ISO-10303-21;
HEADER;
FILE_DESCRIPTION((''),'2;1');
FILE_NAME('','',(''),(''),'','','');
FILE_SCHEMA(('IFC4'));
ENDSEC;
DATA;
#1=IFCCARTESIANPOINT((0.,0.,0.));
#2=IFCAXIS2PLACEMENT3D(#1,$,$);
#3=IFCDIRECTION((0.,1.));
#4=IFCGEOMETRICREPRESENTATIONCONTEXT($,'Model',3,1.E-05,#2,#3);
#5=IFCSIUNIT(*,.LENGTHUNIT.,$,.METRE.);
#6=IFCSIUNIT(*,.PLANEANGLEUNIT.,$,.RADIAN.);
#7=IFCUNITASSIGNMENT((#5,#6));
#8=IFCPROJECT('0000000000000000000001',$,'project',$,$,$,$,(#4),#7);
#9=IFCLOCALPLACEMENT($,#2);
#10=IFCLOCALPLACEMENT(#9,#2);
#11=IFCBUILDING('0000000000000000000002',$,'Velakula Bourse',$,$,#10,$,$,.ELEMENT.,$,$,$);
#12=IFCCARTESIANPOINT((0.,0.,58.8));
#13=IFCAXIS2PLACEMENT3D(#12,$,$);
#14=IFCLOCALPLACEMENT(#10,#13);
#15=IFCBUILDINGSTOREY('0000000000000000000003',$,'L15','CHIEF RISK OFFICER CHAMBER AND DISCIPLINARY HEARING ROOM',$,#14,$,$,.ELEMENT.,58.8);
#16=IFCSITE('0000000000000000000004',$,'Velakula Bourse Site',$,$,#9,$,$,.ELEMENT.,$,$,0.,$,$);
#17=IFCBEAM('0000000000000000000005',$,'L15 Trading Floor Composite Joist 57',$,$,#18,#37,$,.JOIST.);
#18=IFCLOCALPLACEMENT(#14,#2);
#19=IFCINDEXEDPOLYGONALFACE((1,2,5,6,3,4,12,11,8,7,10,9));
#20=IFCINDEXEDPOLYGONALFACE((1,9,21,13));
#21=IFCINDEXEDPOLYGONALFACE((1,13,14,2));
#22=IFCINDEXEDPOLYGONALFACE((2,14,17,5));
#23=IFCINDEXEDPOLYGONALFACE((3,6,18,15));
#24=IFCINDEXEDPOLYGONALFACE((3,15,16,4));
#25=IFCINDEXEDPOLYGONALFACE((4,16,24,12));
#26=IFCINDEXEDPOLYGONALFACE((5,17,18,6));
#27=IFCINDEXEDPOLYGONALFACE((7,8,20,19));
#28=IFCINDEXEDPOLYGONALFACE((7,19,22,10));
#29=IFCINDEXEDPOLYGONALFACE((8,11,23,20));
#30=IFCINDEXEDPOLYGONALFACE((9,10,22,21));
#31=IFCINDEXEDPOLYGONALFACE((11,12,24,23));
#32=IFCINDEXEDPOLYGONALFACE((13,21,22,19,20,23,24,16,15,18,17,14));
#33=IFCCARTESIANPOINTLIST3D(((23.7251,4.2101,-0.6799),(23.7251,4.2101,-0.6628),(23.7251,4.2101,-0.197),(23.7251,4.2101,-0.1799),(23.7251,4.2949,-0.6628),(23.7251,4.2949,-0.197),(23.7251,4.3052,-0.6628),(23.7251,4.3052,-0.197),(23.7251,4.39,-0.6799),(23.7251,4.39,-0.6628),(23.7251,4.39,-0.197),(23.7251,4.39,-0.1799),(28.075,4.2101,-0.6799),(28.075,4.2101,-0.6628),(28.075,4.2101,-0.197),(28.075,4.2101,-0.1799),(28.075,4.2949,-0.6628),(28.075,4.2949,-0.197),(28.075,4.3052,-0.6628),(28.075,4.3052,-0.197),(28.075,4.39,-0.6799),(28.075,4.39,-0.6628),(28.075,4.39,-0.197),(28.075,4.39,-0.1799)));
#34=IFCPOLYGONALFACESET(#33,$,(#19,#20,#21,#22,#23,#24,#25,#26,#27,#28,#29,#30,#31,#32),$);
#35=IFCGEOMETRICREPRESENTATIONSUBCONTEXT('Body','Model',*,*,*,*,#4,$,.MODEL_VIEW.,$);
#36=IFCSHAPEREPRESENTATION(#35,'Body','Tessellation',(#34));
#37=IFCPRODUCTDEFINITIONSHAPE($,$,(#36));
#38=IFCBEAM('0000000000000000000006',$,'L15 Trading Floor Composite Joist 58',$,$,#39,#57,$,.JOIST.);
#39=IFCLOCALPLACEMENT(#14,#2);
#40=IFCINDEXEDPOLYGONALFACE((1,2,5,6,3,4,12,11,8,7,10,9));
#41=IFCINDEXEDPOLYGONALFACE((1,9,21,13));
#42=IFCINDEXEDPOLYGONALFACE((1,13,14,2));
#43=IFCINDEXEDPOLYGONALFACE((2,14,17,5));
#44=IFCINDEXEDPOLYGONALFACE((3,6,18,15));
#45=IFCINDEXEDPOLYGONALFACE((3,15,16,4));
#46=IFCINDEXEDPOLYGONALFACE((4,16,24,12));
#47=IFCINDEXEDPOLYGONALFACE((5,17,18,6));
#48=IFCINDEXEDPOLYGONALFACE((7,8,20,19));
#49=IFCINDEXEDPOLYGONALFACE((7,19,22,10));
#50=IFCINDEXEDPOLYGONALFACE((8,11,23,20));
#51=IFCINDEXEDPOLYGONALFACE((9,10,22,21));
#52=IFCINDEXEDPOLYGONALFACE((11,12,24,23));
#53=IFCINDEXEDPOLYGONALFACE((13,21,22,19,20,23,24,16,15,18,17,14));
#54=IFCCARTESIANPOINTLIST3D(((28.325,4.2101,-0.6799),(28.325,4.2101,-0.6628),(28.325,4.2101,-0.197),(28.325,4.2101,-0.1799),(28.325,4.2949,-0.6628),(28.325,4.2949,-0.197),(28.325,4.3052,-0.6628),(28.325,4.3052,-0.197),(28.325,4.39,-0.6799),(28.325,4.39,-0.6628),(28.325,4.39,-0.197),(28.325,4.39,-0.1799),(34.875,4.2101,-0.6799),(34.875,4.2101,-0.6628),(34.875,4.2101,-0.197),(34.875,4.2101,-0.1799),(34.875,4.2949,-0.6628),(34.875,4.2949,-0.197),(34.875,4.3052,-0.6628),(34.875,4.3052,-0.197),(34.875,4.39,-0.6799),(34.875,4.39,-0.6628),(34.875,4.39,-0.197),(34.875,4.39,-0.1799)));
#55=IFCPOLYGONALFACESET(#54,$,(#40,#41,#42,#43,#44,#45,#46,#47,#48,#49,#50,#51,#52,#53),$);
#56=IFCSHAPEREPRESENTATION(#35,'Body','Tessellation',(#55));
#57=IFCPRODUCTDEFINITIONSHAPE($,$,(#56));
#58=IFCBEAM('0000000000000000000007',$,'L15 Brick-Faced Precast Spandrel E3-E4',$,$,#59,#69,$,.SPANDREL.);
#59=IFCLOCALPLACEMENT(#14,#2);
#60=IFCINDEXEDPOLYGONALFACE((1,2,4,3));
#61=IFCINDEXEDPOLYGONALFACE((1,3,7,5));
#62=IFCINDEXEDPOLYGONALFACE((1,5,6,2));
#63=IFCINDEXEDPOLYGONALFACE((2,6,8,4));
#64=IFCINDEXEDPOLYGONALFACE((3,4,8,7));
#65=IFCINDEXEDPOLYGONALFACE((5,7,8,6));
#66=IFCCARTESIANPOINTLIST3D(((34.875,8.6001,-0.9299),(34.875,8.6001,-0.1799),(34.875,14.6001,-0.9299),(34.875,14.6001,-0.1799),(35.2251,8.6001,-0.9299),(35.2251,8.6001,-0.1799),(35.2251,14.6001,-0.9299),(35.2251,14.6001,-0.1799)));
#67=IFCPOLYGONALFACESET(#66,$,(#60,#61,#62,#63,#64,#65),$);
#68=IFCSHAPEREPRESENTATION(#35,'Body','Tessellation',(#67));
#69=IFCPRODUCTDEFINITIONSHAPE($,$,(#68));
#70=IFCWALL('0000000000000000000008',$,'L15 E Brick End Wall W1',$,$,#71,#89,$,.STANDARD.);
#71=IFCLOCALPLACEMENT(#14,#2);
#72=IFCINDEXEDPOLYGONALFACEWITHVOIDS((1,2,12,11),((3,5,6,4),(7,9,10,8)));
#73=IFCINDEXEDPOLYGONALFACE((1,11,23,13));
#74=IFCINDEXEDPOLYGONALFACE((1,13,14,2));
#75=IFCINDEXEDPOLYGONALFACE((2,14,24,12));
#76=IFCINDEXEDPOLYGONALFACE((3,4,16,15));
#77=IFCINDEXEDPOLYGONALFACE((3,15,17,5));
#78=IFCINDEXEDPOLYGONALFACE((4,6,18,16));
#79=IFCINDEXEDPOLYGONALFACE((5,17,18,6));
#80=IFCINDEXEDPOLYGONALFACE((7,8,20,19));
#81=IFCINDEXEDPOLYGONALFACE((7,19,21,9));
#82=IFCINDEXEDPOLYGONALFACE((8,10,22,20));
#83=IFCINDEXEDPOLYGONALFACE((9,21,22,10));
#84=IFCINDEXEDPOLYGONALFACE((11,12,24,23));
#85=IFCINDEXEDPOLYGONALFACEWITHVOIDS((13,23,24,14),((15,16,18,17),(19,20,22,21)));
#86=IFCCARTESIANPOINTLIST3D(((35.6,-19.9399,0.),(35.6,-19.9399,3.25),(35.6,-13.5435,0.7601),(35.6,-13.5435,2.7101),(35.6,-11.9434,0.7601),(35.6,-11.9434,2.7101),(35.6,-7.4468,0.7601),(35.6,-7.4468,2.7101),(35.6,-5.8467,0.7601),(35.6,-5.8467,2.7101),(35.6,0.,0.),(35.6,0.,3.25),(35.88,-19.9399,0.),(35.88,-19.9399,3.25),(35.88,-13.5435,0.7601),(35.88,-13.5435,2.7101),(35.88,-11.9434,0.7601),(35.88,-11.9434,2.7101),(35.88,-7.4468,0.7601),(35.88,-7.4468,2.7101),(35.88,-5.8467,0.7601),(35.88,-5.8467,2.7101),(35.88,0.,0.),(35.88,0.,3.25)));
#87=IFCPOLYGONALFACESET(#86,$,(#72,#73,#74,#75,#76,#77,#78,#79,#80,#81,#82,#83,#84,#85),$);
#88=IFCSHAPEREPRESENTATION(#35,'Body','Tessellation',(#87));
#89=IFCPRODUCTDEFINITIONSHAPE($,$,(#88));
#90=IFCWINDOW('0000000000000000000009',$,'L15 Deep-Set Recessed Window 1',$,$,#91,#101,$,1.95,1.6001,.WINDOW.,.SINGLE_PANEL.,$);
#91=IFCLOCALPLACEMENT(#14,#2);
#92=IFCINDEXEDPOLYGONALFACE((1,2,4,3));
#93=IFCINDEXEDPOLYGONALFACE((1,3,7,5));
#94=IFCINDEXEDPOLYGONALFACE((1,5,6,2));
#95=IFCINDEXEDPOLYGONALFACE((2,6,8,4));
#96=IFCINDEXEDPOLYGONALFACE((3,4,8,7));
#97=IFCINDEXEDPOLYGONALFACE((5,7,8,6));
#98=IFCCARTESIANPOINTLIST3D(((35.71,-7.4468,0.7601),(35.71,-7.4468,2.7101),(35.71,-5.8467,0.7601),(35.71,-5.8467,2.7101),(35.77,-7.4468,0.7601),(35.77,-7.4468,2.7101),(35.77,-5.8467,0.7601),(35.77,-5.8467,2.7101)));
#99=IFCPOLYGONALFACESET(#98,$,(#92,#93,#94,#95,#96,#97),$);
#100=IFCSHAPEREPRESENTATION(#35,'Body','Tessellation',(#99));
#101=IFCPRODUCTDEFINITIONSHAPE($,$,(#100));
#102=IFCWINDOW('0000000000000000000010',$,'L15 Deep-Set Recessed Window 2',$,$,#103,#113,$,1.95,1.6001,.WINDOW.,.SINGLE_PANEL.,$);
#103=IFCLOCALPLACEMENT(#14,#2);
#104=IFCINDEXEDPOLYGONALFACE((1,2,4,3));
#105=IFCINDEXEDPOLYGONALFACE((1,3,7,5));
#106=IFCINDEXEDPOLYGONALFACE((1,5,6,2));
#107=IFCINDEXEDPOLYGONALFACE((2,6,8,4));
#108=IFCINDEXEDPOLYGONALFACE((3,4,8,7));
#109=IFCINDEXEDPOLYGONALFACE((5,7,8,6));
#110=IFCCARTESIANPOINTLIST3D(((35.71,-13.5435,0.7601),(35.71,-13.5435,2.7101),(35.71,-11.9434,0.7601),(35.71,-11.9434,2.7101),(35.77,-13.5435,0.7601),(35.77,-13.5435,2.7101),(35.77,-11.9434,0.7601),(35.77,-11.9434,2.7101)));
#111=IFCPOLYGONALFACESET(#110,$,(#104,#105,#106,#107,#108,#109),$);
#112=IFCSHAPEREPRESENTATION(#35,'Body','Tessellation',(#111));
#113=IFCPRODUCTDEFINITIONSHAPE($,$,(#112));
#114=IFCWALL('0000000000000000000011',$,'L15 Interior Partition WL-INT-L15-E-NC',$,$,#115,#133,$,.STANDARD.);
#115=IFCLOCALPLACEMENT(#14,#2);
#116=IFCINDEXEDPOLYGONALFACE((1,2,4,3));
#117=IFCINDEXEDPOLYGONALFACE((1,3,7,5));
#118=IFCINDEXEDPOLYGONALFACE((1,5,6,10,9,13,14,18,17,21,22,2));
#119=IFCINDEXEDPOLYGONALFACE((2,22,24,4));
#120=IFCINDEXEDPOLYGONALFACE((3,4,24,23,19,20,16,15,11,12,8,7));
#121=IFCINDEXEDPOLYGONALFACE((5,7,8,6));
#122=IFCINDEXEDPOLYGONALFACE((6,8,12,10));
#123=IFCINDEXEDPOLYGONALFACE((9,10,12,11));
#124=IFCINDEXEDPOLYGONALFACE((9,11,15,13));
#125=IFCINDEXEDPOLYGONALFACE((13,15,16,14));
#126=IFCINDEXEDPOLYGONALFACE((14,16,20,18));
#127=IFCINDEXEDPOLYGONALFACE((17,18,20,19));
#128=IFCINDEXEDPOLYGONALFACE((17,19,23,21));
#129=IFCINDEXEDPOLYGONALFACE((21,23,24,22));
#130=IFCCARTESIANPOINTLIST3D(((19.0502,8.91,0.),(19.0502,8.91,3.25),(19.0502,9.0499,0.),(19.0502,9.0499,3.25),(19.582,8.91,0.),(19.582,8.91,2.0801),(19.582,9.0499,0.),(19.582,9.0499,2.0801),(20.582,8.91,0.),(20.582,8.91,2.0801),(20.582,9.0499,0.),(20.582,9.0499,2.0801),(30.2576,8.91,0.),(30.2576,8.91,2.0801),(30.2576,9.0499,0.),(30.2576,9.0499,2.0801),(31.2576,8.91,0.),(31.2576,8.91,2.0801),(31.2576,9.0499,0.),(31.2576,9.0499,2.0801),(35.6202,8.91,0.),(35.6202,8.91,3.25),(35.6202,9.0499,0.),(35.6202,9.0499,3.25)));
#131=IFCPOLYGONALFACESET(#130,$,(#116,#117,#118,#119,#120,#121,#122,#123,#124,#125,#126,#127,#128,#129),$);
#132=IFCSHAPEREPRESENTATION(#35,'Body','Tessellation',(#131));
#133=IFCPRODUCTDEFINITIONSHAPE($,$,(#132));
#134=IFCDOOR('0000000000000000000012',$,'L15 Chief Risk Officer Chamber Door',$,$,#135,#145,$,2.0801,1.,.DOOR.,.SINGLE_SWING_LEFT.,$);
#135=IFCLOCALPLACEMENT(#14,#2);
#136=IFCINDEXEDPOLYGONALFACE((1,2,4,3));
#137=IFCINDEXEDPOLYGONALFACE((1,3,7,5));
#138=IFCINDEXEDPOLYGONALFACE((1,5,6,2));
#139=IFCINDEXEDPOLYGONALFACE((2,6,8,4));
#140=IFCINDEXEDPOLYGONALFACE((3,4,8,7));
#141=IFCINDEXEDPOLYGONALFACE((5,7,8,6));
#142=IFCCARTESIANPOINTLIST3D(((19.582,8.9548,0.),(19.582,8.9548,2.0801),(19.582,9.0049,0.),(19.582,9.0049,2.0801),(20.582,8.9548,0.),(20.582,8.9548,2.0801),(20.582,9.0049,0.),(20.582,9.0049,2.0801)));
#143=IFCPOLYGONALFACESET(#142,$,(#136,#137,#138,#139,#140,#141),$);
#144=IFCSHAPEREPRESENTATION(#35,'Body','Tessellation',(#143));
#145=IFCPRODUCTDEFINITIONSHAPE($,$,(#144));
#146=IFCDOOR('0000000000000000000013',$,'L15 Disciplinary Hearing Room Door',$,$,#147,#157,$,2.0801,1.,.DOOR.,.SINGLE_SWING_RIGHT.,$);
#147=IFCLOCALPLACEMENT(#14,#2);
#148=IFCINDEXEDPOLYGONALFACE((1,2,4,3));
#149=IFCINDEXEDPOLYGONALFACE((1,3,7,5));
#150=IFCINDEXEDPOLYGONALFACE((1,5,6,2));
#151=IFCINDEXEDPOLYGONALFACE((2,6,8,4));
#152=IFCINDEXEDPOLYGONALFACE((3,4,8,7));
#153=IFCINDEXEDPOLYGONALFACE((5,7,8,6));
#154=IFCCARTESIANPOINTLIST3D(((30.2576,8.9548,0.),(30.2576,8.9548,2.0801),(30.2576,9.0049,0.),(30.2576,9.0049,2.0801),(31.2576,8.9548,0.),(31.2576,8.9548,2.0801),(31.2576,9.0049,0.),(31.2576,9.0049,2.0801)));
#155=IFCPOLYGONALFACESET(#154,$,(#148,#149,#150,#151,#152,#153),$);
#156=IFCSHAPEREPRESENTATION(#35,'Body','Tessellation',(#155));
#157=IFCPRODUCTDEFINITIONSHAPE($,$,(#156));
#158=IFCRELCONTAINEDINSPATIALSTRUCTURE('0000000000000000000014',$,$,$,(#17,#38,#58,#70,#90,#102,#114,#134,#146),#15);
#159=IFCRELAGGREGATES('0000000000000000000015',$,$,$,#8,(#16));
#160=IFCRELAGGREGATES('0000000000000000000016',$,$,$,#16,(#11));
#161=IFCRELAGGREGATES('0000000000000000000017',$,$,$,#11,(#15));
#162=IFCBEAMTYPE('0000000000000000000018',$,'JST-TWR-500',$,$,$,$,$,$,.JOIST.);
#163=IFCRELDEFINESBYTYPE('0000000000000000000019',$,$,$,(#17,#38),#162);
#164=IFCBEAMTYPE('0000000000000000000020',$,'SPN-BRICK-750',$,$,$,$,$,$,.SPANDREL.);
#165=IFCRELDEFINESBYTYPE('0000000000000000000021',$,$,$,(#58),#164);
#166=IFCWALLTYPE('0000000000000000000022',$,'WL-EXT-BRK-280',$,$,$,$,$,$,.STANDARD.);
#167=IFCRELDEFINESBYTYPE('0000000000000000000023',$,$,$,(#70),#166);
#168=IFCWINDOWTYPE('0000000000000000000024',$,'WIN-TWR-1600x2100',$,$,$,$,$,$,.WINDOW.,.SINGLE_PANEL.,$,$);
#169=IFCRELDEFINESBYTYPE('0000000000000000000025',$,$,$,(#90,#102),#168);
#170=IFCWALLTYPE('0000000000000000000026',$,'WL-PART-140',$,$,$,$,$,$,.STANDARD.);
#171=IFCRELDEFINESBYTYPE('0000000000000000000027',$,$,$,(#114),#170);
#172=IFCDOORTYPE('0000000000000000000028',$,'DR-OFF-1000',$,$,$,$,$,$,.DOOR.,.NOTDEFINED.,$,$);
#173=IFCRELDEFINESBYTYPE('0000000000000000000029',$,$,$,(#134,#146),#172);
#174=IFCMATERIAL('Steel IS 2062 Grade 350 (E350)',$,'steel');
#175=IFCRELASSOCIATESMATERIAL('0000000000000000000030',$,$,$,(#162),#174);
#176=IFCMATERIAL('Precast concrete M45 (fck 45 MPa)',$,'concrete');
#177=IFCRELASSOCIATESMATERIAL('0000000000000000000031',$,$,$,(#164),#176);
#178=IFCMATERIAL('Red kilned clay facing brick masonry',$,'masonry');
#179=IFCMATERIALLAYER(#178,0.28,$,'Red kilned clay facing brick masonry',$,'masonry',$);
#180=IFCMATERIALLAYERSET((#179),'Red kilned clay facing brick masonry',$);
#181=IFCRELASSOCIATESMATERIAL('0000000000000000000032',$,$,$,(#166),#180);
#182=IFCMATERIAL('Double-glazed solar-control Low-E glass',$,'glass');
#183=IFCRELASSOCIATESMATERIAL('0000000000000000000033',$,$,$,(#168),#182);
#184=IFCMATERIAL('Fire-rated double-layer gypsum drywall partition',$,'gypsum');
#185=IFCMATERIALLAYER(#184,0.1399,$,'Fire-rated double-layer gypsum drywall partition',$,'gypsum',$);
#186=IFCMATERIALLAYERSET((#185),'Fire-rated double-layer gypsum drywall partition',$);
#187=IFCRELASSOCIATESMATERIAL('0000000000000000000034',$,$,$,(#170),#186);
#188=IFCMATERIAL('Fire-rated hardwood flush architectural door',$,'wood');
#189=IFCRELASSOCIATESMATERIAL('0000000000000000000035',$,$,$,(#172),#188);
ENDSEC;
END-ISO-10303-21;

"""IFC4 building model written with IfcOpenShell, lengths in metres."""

from ifc_helpers import new_model, si_unit, direction, frame, frame_2d, origin, origin_2d, place, context, subcontext, project, spatial, rectangle, i_section, extrude, material, layer, layer_set, material_profile, profile_set, type_object, element, fill, save


model = new_model("IFC4")

# Units and contexts
model_context = context("Model", 3, precision=1e-05, world=origin(), true_north=direction((0.0, 1.0)))
body_context = subcontext(model_context, "Body", "Model", "MODEL_VIEW")
ifc_project = project(units=[si_unit("LENGTHUNIT", "METRE"), si_unit("PLANEANGLEUNIT", "RADIAN")], contexts=[model_context])

# Site, building, storey
site_placement = place(None, origin())
site = spatial("IfcSite", under=ifc_project, at=site_placement, Name="Velakula Bourse Site", CompositionType="ELEMENT", RefElevation=0.0)
building_placement = place(site_placement, origin())
building = spatial("IfcBuilding", under=site, at=building_placement, Name="Velakula Bourse", CompositionType="ELEMENT")
storey_placement = place(building_placement, frame((0.0, 0.0, 58.8)))
storey = spatial("IfcBuildingStorey", under=building, at=storey_placement, Name="L15", Description="CHIEF RISK OFFICER CHAMBER AND DISCIPLINARY HEARING ROOM", CompositionType="ELEMENT", Elevation=58.8)

# Beams
ifc_material_1 = material(Name="Steel IS 2062 Grade 350 (E350)", Category="steel")
ifc_material_profile_1 = material_profile(ifc_material_1, i_section(OverallWidth=0.1799, OverallDepth=0.5, WebThickness=0.0103, FlangeThickness=0.0171, at=origin_2d()), Name="Steel IS 2062 Grade 350 (E350)")
ifc_profile_set_1 = profile_set([ifc_material_profile_1], Name="Steel IS 2062 Grade 350 (E350)")
beam_type_1 = type_object("IfcBeamType", Name="JST-TWR-500", PredefinedType="JOIST", material=ifc_profile_set_1)
beam_1_placement = place(storey_placement, frame((23.7251, 4.3, -0.4299), z_axis=(1.0, 0.0, 0.0), x_axis=(0.0, 1.0, 0.0)))
element("IfcBeam", 1, at=beam_1_placement, inside=storey, type_object=beam_type_1, Name="L15 Trading Floor Composite Joist 57", PredefinedType="JOIST", context=body_context, shape_type="SweptSolid", body=[
    extrude(i_section(OverallWidth=0.1799, OverallDepth=0.5, WebThickness=0.0103, FlangeThickness=0.0171, at=origin_2d()), origin(), (0.0, 0.0, 1.0), 4.3499),
])
beam_2_placement = place(storey_placement, frame((28.325, 4.3, -0.4299), z_axis=(1.0, 0.0, 0.0), x_axis=(0.0, 1.0, 0.0)))
element("IfcBeam", 2, at=beam_2_placement, inside=storey, type_object=beam_type_1, Name="L15 Trading Floor Composite Joist 58", PredefinedType="JOIST", context=body_context, shape_type="SweptSolid", body=[
    extrude(i_section(OverallWidth=0.1799, OverallDepth=0.5, WebThickness=0.0103, FlangeThickness=0.0171, at=origin_2d()), origin(), (0.0, 0.0, 1.0), 6.55),
])
ifc_material_2 = material(Name="Precast concrete M45 (fck 45 MPa)", Category="concrete")
ifc_material_profile_2 = material_profile(ifc_material_2, rectangle(XDim=0.3501, YDim=0.75, at=origin_2d()), Name="Precast concrete M45 (fck 45 MPa)")
ifc_profile_set_2 = profile_set([ifc_material_profile_2], Name="Precast concrete M45 (fck 45 MPa)")
beam_type_2 = type_object("IfcBeamType", Name="SPN-BRICK-750", PredefinedType="SPANDREL", material=ifc_profile_set_2)
beam_3_placement = place(storey_placement, frame((35.05, 8.6001, -0.5549), z_axis=(0.0, 1.0, 0.0), x_axis=(-1.0, 0.0, 0.0)))
element("IfcBeam", 3, at=beam_3_placement, inside=storey, type_object=beam_type_2, Name="L15 Brick-Faced Precast Spandrel E3-E4", PredefinedType="SPANDREL", context=body_context, shape_type="SweptSolid", body=[
    extrude(rectangle(XDim=0.3501, YDim=0.75, at=origin_2d()), origin(), (0.0, 0.0, 1.0), 6.0),
])

# Wall, openings, windows
ifc_material_3 = material(Name="Red kilned clay facing brick masonry", Category="masonry")
ifc_layer_1 = layer(ifc_material_3, 0.28, Name="Red kilned clay facing brick masonry", Category="masonry")
ifc_layer_set_1 = layer_set([ifc_layer_1], Name="Red kilned clay facing brick masonry")
wall_type_1 = type_object("IfcWallType", Name="WL-EXT-BRK-280", PredefinedType="STANDARD", material=ifc_layer_set_1)
wall_1_placement = place(storey_placement, frame((35.74, 0.0, 0.0), z_axis=(0.0, 0.0, 1.0), x_axis=(0.0, -1.0, 0.0)))
wall_1 = element("IfcWall", 4, at=wall_1_placement, inside=storey, type_object=wall_type_1, Name="L15 E Brick End Wall W1", PredefinedType="STANDARD", context=body_context, shape_type="SweptSolid", body=[
    extrude(rectangle(XDim=19.9399, YDim=0.28, at=frame_2d((9.97, 0.0))), origin(), (0.0, 0.0, 1.0), 3.25),
])
opening_1_placement = place(wall_1_placement, frame((5.8467, 0.0, 0.76)))
opening_1 = element("IfcOpeningElement", 5, at=opening_1_placement, cuts=wall_1, PredefinedType="OPENING", context=body_context, shape_type="SweptSolid", body=[
    extrude(rectangle(XDim=1.6001, YDim=1.95, at=frame_2d((0.8, 0.9751))), frame((0.0, 0.1499, 0.0), z_axis=(0.0, -1.0, 0.0), x_axis=(1.0, 0.0, 0.0)), (0.0, 0.0, 1.0), 0.3),
])
opening_2_placement = place(wall_1_placement, frame((11.9434, 0.0, 0.76)))
opening_2 = element("IfcOpeningElement", 6, at=opening_2_placement, cuts=wall_1, PredefinedType="OPENING", context=body_context, shape_type="SweptSolid", body=[
    extrude(rectangle(XDim=1.6001, YDim=1.95, at=frame_2d((0.8, 0.9751))), frame((0.0, 0.1499, 0.0), z_axis=(0.0, -1.0, 0.0), x_axis=(1.0, 0.0, 0.0)), (0.0, 0.0, 1.0), 0.3),
])
ifc_material_4 = material(Name="Double-glazed solar-control Low-E glass", Category="glass")
window_type = type_object("IfcWindowType", Name="WIN-TWR-1600x2100", PartitioningType="SINGLE_PANEL", PredefinedType="WINDOW", material=ifc_material_4)
window_1_placement = place(opening_1_placement, origin())
window_1 = element("IfcWindow", 7, at=window_1_placement, inside=storey, type_object=window_type, Name="L15 Deep-Set Recessed Window 1", OverallHeight=1.95, OverallWidth=1.6001, PartitioningType="SINGLE_PANEL", PredefinedType="WINDOW", context=body_context, shape_type="SweptSolid", body=[
    extrude(rectangle(XDim=1.6001, YDim=1.95, at=frame_2d((0.8, 0.9751))), frame((0.0, 0.03, 0.0), z_axis=(0.0, -1.0, 0.0), x_axis=(1.0, 0.0, 0.0)), (0.0, 0.0, 1.0), 0.0601),
])
fill(opening_1, window_1)
window_2_placement = place(opening_2_placement, origin())
window_2 = element("IfcWindow", 8, at=window_2_placement, inside=storey, type_object=window_type, Name="L15 Deep-Set Recessed Window 2", OverallHeight=1.95, OverallWidth=1.6001, PartitioningType="SINGLE_PANEL", PredefinedType="WINDOW", context=body_context, shape_type="SweptSolid", body=[
    extrude(rectangle(XDim=1.6001, YDim=1.95, at=frame_2d((0.8, 0.9751))), frame((0.0, 0.03, 0.0), z_axis=(0.0, -1.0, 0.0), x_axis=(1.0, 0.0, 0.0)), (0.0, 0.0, 1.0), 0.0601),
])
fill(opening_2, window_2)

# Wall, openings, doors
ifc_material_5 = material(Name="Fire-rated double-layer gypsum drywall partition", Category="gypsum")
ifc_layer_2 = layer(ifc_material_5, 0.1399, Name="Fire-rated double-layer gypsum drywall partition", Category="gypsum")
ifc_layer_set_2 = layer_set([ifc_layer_2], Name="Fire-rated double-layer gypsum drywall partition")
wall_type_2 = type_object("IfcWallType", Name="WL-PART-140", PredefinedType="STANDARD", material=ifc_layer_set_2)
wall_2_placement = place(storey_placement, frame((19.05, 8.98, 0.0), z_axis=(0.0, 0.0, 1.0), x_axis=(1.0, 0.0, 0.0)))
wall_2 = element("IfcWall", 9, at=wall_2_placement, inside=storey, type_object=wall_type_2, Name="L15 Interior Partition WL-INT-L15-E-NC", PredefinedType="STANDARD", context=body_context, shape_type="SweptSolid", body=[
    extrude(rectangle(XDim=16.5701, YDim=0.1399, at=frame_2d((8.2852, 0.0))), origin(), (0.0, 0.0, 1.0), 3.25),
])
opening_3_placement = place(wall_2_placement, frame((0.532, 0.0, 0.0)))
opening_3 = element("IfcOpeningElement", 10, at=opening_3_placement, cuts=wall_2, PredefinedType="OPENING", context=body_context, shape_type="SweptSolid", body=[
    extrude(rectangle(XDim=1.0, YDim=2.0801, at=frame_2d((0.5, 1.04))), frame((0.0, 0.0798, 0.0), z_axis=(0.0, -1.0, 0.0), x_axis=(1.0, 0.0, 0.0)), (0.0, 0.0, 1.0), 0.1599),
])
opening_4_placement = place(wall_2_placement, frame((11.2075, 0.0, 0.0)))
opening_4 = element("IfcOpeningElement", 11, at=opening_4_placement, cuts=wall_2, PredefinedType="OPENING", context=body_context, shape_type="SweptSolid", body=[
    extrude(rectangle(XDim=1.0, YDim=2.0801, at=frame_2d((0.5, 1.04))), frame((0.0, 0.0798, 0.0), z_axis=(0.0, -1.0, 0.0), x_axis=(1.0, 0.0, 0.0)), (0.0, 0.0, 1.0), 0.1599),
])
ifc_material_6 = material(Name="Fire-rated hardwood flush architectural door", Category="wood")
door_type = type_object("IfcDoorType", Name="DR-OFF-1000", OperationType="NOTDEFINED", PredefinedType="DOOR", material=ifc_material_6)
door_1_placement = place(opening_3_placement, origin())
door_1 = element("IfcDoor", 12, at=door_1_placement, inside=storey, type_object=door_type, Name="L15 Chief Risk Officer Chamber Door", OperationType="SINGLE_SWING_LEFT", OverallHeight=2.0801, OverallWidth=1.0, PredefinedType="DOOR", context=body_context, shape_type="SweptSolid", body=[
    extrude(rectangle(XDim=1.0, YDim=2.0801, at=frame_2d((0.5, 1.04))), frame((0.0, 0.0249, 0.0), z_axis=(0.0, -1.0, 0.0), x_axis=(1.0, 0.0, 0.0)), (0.0, 0.0, 1.0), 0.05),
])
fill(opening_3, door_1)
door_2_placement = place(opening_4_placement, origin())
door_2 = element("IfcDoor", 13, at=door_2_placement, inside=storey, type_object=door_type, Name="L15 Disciplinary Hearing Room Door", OperationType="SINGLE_SWING_RIGHT", OverallHeight=2.0801, OverallWidth=1.0, PredefinedType="DOOR", context=body_context, shape_type="SweptSolid", body=[
    extrude(rectangle(XDim=1.0, YDim=2.0801, at=frame_2d((0.5, 1.04))), frame((0.0, 0.0249, 0.0), z_axis=(0.0, -1.0, 0.0), x_axis=(1.0, 0.0, 0.0)), (0.0, 0.0, 1.0), 0.05),
])
fill(opening_4, door_2)

save(model, "model.ifc")
